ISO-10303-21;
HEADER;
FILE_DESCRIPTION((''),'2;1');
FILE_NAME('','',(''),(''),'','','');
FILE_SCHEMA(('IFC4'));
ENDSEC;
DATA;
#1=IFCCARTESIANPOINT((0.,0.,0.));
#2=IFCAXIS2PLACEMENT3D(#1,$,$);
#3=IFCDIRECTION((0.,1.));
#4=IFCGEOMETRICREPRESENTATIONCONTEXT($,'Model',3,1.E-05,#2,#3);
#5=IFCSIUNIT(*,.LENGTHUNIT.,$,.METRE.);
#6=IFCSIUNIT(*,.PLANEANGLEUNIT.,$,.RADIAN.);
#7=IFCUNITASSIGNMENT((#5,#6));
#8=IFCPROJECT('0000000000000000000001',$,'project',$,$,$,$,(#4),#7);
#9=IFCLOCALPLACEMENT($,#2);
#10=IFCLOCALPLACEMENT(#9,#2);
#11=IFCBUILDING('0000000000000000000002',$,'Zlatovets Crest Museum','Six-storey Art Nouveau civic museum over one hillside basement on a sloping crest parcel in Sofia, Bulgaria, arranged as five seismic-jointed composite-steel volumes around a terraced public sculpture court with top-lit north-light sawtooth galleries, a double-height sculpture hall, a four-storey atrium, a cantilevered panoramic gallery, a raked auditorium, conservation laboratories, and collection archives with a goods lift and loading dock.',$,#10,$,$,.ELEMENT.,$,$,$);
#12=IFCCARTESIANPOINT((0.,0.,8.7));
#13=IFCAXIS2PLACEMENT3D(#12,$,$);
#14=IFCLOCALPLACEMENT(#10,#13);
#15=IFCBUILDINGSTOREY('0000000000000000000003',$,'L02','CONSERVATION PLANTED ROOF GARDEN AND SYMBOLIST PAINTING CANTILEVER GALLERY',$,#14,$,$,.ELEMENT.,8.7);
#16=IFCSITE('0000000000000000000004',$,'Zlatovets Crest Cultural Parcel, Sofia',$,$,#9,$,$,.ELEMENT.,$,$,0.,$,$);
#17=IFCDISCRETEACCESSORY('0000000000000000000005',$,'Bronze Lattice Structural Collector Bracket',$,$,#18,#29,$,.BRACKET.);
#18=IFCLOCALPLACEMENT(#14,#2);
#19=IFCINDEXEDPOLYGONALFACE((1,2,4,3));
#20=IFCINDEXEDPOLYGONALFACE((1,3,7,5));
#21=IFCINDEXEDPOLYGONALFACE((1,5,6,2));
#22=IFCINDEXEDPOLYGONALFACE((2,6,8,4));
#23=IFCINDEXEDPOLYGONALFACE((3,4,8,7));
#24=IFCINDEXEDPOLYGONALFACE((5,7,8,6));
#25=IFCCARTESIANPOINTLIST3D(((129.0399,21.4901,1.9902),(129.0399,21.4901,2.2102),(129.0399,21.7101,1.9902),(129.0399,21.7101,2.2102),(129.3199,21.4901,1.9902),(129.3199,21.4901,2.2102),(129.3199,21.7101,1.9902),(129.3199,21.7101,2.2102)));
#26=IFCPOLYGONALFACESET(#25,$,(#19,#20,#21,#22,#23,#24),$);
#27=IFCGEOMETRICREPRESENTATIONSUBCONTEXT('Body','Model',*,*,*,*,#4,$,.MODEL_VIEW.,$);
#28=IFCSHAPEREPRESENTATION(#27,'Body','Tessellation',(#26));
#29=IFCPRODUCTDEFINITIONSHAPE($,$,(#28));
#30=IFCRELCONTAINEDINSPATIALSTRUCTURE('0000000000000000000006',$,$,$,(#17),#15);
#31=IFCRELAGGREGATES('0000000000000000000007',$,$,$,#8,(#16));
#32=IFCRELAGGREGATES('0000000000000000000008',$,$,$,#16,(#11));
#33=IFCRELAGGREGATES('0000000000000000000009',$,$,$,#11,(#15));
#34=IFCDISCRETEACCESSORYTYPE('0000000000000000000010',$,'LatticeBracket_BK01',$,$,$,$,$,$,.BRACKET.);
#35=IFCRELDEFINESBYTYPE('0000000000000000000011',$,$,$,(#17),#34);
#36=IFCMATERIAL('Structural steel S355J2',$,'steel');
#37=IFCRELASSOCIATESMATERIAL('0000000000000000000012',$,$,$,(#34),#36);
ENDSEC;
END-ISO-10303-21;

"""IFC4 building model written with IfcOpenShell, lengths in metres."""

from ifc_helpers import new_model, si_unit, direction, frame, origin, origin_2d, place, context, subcontext, project, spatial, rectangle, extrude, material, type_object, element, save


model = new_model("IFC4")

# Units and contexts
model_context = context("Model", 3, precision=1e-05, world=origin(), true_north=direction((0.0, 1.0)))
body_context = subcontext(model_context, "Body", "Model", "MODEL_VIEW")
ifc_project = project(units=[si_unit("LENGTHUNIT", "METRE"), si_unit("PLANEANGLEUNIT", "RADIAN")], contexts=[model_context])

# Site, building, storey
site_placement = place(None, origin())
site = spatial("IfcSite", under=ifc_project, at=site_placement, Name="Zlatovets Crest Cultural Parcel, Sofia", CompositionType="ELEMENT", RefElevation=0.0)
building_placement = place(site_placement, origin())
building = spatial("IfcBuilding", under=site, at=building_placement, Name="Zlatovets Crest Museum", Description="Six-storey Art Nouveau civic museum over one hillside basement on a sloping crest parcel in Sofia, Bulgaria, arranged as five seismic-jointed composite-steel volumes around a terraced public sculpture court with top-lit north-light sawtooth galleries, a double-height sculpture hall, a four-storey atrium, a cantilevered panoramic gallery, a raked auditorium, conservation laboratories, and collection archives with a goods lift and loading dock.", CompositionType="ELEMENT")
storey_placement = place(building_placement, frame((0.0, 0.0, 8.7)))
storey = spatial("IfcBuildingStorey", under=building, at=storey_placement, Name="L02", Description="CONSERVATION PLANTED ROOF GARDEN AND SYMBOLIST PAINTING CANTILEVER GALLERY", CompositionType="ELEMENT", Elevation=8.7)

# Shared definitions
ifc_material_1 = material(Name="Structural steel S355J2", Category="steel")

# Discrete accessory
discrete_accessory_type = type_object("IfcDiscreteAccessoryType", Name="LatticeBracket_BK01", PredefinedType="BRACKET", material=ifc_material_1)
discrete_accessory_placement = place(storey_placement, frame((129.1799, 21.6001, 1.9902), z_axis=(0.0, 0.0, 1.0), x_axis=(1.0, 0.0, 0.0)))
element("IfcDiscreteAccessory", 1, at=discrete_accessory_placement, inside=storey, type_object=discrete_accessory_type, Name="Bronze Lattice Structural Collector Bracket", PredefinedType="BRACKET", context=body_context, shape_type="SweptSolid", body=[
    extrude(rectangle(XDim=0.28, YDim=0.22, at=origin_2d()), origin(), (0.0, 0.0, 1.0), 0.22),
])

save(model, "model.ifc")
